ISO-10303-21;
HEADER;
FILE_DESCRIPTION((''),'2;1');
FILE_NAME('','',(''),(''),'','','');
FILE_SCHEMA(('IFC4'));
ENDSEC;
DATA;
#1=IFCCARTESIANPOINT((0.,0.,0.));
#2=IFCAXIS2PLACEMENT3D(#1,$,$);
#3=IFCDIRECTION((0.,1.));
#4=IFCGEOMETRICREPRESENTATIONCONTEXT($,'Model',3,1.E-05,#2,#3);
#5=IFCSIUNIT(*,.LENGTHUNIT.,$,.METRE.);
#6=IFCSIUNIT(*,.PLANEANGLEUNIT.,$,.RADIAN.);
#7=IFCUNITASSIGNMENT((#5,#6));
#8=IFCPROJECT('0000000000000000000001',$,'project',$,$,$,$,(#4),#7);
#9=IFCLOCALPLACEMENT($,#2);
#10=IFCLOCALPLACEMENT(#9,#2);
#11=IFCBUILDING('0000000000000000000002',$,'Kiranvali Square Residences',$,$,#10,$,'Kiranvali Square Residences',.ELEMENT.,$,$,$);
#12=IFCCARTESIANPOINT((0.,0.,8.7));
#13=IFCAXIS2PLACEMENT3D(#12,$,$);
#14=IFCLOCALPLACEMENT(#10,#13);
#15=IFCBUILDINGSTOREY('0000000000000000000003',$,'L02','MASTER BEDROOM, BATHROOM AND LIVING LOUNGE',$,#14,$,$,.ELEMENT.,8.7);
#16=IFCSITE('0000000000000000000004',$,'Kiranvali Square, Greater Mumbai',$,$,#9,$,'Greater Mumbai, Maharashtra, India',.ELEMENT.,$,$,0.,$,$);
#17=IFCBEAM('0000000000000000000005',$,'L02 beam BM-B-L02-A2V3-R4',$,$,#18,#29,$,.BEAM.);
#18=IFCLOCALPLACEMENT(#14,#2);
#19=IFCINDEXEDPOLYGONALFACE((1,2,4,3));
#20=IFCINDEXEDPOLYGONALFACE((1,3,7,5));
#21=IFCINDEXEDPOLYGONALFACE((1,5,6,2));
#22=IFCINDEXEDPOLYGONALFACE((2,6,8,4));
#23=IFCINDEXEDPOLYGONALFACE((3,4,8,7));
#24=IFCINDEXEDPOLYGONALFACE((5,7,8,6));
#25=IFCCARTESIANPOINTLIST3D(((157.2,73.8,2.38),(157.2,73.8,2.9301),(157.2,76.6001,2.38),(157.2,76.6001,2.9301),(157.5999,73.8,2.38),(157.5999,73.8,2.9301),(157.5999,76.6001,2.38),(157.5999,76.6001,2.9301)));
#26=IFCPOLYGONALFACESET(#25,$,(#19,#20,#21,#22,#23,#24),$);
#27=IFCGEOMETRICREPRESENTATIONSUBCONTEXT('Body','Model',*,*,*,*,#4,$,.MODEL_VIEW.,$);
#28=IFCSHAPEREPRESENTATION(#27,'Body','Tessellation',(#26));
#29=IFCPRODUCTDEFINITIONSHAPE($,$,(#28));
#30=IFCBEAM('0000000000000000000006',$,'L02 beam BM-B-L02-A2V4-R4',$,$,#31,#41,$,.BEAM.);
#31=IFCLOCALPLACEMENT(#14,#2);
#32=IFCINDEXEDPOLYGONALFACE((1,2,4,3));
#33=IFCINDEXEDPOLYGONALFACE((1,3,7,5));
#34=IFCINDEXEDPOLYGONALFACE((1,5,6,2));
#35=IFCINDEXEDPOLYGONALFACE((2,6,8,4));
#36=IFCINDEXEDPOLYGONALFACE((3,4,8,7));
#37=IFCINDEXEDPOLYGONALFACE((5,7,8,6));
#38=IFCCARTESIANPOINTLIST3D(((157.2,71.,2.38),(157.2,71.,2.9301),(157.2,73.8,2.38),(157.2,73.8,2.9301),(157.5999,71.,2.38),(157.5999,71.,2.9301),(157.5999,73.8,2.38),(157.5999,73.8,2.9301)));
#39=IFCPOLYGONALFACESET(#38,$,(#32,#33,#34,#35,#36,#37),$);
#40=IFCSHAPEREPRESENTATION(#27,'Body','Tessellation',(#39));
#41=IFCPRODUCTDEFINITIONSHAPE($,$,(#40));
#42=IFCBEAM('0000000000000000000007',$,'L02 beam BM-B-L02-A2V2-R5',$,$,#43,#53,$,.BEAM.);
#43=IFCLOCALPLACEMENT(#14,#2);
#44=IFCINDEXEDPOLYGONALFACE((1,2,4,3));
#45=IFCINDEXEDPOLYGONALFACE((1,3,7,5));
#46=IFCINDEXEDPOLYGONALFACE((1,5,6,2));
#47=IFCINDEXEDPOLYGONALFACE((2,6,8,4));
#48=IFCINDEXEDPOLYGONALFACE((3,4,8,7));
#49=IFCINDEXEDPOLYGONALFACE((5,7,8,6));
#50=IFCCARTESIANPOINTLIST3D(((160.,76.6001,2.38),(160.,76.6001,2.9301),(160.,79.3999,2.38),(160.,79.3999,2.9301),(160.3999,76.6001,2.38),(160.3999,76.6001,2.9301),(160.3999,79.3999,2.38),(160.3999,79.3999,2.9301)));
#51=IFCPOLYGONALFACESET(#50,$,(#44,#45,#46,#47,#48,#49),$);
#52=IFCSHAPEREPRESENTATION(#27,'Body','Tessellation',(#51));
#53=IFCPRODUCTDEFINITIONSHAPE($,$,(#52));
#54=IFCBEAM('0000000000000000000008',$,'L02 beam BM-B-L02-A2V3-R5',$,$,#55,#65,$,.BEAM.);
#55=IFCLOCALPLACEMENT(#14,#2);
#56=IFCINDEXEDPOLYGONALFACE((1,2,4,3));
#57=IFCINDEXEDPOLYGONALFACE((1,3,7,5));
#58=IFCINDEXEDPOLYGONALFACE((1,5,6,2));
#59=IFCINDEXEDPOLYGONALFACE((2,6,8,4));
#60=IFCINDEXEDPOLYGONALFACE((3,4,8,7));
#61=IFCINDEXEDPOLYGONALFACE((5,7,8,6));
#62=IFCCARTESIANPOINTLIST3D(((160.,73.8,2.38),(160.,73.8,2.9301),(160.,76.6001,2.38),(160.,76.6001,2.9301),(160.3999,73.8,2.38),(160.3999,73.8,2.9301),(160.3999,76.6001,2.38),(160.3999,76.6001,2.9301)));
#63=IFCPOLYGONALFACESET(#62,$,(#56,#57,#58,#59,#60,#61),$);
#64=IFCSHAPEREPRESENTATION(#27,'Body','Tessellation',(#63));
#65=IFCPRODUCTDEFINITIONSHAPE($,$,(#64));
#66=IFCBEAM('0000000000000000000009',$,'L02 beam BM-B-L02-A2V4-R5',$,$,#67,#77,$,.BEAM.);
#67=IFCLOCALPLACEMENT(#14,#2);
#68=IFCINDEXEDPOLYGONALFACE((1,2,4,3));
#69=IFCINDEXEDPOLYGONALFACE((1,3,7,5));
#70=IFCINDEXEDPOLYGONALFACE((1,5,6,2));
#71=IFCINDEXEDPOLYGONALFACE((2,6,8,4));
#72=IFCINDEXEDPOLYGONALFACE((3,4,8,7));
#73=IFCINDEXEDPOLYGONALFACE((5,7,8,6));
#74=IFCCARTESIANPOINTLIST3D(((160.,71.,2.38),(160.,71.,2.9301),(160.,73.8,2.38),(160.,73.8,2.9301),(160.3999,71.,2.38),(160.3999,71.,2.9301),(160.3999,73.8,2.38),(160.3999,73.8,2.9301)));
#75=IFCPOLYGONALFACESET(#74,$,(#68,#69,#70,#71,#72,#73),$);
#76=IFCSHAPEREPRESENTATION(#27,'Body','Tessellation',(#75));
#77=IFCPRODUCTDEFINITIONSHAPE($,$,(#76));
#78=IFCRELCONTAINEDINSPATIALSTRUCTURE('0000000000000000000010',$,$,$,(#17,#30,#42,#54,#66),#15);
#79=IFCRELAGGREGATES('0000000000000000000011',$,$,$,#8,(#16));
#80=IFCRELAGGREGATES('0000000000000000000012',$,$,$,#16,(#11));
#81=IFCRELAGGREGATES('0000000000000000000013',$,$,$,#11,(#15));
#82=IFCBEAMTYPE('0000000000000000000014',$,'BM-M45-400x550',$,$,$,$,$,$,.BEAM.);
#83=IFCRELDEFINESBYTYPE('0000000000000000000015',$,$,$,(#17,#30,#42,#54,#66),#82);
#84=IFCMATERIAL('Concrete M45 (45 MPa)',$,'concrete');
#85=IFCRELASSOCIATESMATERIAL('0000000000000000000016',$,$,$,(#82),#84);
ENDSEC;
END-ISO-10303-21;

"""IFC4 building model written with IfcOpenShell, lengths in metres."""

from ifc_helpers import new_model, si_unit, direction, frame, origin, origin_2d, place, context, subcontext, project, spatial, rectangle, extrude, material, material_profile, profile_set, type_object, element, save


model = new_model("IFC4")

# Units and contexts
model_context = context("Model", 3, precision=1e-05, world=origin(), true_north=direction((0.0, 1.0)))
body_context = subcontext(model_context, "Body", "Model", "MODEL_VIEW")
ifc_project = project(units=[si_unit("LENGTHUNIT", "METRE"), si_unit("PLANEANGLEUNIT", "RADIAN")], contexts=[model_context])

# Site, building, storey
site_placement = place(None, origin())
site = spatial("IfcSite", under=ifc_project, at=site_placement, Name="Kiranvali Square, Greater Mumbai", LongName="Greater Mumbai, Maharashtra, India", CompositionType="ELEMENT", RefElevation=0.0)
building_placement = place(site_placement, origin())
building = spatial("IfcBuilding", under=site, at=building_placement, Name="Kiranvali Square Residences", LongName="Kiranvali Square Residences", CompositionType="ELEMENT")
storey_placement = place(building_placement, frame((0.0, 0.0, 8.7)))
storey = spatial("IfcBuildingStorey", under=building, at=storey_placement, Name="L02", Description="MASTER BEDROOM, BATHROOM AND LIVING LOUNGE", CompositionType="ELEMENT", Elevation=8.7)

# Beams
ifc_material_1 = material(Name="Concrete M45 (45 MPa)", Category="concrete")
ifc_material_profile_1 = material_profile(ifc_material_1, rectangle(XDim=0.3999, YDim=0.55, at=origin_2d()), Name="RC 400x550")
ifc_profile_set_1 = profile_set([ifc_material_profile_1], Name="Concrete M45 (45 MPa)")
beam_type_1 = type_object("IfcBeamType", Name="BM-M45-400x550", PredefinedType="BEAM", material=ifc_profile_set_1)
for number, where, z_axis, x_axis, name in (
    (1, (157.3999, 76.6001, 2.655), (0.0, -1.0, 0.0), (1.0, 0.0, 0.0), "L02 beam BM-B-L02-A2V3-R4"),
    (2, (157.3999, 73.8, 2.655), (0.0, -1.0, 0.0), (1.0, 0.0, 0.0), "L02 beam BM-B-L02-A2V4-R4"),
):
    element("IfcBeam", number, at=place(storey_placement, frame(where, z_axis=z_axis, x_axis=x_axis)), inside=storey, type_object=beam_type_1, Name=name, PredefinedType="BEAM", context=body_context, shape_type="SweptSolid", body=[
        extrude(rectangle(XDim=0.3999, YDim=0.55, at=origin_2d()), origin(), (0.0, 0.0, 1.0), 2.8),
    ])
beam_1_placement = place(storey_placement, frame((160.2, 79.3999, 2.655), z_axis=(0.0, -1.0, 0.0), x_axis=(1.0, 0.0, 0.0)))
element("IfcBeam", 3, at=beam_1_placement, inside=storey, type_object=beam_type_1, Name="L02 beam BM-B-L02-A2V2-R5", PredefinedType="BEAM", context=body_context, shape_type="SweptSolid", body=[
    extrude(rectangle(XDim=0.3999, YDim=0.55, at=origin_2d()), origin(), (0.0, 0.0, 1.0), 2.7998),
])
for number, where, z_axis, x_axis, name in (
    (4, (160.2, 76.6001, 2.655), (0.0, -1.0, 0.0), (1.0, 0.0, 0.0), "L02 beam BM-B-L02-A2V3-R5"),
    (5, (160.2, 73.8, 2.655), (0.0, -1.0, 0.0), (1.0, 0.0, 0.0), "L02 beam BM-B-L02-A2V4-R5"),
):
    element("IfcBeam", number, at=place(storey_placement, frame(where, z_axis=z_axis, x_axis=x_axis)), inside=storey, type_object=beam_type_1, Name=name, PredefinedType="BEAM", context=body_context, shape_type="SweptSolid", body=[
        extrude(rectangle(XDim=0.3999, YDim=0.55, at=origin_2d()), origin(), (0.0, 0.0, 1.0), 2.8),
    ])

save(model, "model.ifc")
